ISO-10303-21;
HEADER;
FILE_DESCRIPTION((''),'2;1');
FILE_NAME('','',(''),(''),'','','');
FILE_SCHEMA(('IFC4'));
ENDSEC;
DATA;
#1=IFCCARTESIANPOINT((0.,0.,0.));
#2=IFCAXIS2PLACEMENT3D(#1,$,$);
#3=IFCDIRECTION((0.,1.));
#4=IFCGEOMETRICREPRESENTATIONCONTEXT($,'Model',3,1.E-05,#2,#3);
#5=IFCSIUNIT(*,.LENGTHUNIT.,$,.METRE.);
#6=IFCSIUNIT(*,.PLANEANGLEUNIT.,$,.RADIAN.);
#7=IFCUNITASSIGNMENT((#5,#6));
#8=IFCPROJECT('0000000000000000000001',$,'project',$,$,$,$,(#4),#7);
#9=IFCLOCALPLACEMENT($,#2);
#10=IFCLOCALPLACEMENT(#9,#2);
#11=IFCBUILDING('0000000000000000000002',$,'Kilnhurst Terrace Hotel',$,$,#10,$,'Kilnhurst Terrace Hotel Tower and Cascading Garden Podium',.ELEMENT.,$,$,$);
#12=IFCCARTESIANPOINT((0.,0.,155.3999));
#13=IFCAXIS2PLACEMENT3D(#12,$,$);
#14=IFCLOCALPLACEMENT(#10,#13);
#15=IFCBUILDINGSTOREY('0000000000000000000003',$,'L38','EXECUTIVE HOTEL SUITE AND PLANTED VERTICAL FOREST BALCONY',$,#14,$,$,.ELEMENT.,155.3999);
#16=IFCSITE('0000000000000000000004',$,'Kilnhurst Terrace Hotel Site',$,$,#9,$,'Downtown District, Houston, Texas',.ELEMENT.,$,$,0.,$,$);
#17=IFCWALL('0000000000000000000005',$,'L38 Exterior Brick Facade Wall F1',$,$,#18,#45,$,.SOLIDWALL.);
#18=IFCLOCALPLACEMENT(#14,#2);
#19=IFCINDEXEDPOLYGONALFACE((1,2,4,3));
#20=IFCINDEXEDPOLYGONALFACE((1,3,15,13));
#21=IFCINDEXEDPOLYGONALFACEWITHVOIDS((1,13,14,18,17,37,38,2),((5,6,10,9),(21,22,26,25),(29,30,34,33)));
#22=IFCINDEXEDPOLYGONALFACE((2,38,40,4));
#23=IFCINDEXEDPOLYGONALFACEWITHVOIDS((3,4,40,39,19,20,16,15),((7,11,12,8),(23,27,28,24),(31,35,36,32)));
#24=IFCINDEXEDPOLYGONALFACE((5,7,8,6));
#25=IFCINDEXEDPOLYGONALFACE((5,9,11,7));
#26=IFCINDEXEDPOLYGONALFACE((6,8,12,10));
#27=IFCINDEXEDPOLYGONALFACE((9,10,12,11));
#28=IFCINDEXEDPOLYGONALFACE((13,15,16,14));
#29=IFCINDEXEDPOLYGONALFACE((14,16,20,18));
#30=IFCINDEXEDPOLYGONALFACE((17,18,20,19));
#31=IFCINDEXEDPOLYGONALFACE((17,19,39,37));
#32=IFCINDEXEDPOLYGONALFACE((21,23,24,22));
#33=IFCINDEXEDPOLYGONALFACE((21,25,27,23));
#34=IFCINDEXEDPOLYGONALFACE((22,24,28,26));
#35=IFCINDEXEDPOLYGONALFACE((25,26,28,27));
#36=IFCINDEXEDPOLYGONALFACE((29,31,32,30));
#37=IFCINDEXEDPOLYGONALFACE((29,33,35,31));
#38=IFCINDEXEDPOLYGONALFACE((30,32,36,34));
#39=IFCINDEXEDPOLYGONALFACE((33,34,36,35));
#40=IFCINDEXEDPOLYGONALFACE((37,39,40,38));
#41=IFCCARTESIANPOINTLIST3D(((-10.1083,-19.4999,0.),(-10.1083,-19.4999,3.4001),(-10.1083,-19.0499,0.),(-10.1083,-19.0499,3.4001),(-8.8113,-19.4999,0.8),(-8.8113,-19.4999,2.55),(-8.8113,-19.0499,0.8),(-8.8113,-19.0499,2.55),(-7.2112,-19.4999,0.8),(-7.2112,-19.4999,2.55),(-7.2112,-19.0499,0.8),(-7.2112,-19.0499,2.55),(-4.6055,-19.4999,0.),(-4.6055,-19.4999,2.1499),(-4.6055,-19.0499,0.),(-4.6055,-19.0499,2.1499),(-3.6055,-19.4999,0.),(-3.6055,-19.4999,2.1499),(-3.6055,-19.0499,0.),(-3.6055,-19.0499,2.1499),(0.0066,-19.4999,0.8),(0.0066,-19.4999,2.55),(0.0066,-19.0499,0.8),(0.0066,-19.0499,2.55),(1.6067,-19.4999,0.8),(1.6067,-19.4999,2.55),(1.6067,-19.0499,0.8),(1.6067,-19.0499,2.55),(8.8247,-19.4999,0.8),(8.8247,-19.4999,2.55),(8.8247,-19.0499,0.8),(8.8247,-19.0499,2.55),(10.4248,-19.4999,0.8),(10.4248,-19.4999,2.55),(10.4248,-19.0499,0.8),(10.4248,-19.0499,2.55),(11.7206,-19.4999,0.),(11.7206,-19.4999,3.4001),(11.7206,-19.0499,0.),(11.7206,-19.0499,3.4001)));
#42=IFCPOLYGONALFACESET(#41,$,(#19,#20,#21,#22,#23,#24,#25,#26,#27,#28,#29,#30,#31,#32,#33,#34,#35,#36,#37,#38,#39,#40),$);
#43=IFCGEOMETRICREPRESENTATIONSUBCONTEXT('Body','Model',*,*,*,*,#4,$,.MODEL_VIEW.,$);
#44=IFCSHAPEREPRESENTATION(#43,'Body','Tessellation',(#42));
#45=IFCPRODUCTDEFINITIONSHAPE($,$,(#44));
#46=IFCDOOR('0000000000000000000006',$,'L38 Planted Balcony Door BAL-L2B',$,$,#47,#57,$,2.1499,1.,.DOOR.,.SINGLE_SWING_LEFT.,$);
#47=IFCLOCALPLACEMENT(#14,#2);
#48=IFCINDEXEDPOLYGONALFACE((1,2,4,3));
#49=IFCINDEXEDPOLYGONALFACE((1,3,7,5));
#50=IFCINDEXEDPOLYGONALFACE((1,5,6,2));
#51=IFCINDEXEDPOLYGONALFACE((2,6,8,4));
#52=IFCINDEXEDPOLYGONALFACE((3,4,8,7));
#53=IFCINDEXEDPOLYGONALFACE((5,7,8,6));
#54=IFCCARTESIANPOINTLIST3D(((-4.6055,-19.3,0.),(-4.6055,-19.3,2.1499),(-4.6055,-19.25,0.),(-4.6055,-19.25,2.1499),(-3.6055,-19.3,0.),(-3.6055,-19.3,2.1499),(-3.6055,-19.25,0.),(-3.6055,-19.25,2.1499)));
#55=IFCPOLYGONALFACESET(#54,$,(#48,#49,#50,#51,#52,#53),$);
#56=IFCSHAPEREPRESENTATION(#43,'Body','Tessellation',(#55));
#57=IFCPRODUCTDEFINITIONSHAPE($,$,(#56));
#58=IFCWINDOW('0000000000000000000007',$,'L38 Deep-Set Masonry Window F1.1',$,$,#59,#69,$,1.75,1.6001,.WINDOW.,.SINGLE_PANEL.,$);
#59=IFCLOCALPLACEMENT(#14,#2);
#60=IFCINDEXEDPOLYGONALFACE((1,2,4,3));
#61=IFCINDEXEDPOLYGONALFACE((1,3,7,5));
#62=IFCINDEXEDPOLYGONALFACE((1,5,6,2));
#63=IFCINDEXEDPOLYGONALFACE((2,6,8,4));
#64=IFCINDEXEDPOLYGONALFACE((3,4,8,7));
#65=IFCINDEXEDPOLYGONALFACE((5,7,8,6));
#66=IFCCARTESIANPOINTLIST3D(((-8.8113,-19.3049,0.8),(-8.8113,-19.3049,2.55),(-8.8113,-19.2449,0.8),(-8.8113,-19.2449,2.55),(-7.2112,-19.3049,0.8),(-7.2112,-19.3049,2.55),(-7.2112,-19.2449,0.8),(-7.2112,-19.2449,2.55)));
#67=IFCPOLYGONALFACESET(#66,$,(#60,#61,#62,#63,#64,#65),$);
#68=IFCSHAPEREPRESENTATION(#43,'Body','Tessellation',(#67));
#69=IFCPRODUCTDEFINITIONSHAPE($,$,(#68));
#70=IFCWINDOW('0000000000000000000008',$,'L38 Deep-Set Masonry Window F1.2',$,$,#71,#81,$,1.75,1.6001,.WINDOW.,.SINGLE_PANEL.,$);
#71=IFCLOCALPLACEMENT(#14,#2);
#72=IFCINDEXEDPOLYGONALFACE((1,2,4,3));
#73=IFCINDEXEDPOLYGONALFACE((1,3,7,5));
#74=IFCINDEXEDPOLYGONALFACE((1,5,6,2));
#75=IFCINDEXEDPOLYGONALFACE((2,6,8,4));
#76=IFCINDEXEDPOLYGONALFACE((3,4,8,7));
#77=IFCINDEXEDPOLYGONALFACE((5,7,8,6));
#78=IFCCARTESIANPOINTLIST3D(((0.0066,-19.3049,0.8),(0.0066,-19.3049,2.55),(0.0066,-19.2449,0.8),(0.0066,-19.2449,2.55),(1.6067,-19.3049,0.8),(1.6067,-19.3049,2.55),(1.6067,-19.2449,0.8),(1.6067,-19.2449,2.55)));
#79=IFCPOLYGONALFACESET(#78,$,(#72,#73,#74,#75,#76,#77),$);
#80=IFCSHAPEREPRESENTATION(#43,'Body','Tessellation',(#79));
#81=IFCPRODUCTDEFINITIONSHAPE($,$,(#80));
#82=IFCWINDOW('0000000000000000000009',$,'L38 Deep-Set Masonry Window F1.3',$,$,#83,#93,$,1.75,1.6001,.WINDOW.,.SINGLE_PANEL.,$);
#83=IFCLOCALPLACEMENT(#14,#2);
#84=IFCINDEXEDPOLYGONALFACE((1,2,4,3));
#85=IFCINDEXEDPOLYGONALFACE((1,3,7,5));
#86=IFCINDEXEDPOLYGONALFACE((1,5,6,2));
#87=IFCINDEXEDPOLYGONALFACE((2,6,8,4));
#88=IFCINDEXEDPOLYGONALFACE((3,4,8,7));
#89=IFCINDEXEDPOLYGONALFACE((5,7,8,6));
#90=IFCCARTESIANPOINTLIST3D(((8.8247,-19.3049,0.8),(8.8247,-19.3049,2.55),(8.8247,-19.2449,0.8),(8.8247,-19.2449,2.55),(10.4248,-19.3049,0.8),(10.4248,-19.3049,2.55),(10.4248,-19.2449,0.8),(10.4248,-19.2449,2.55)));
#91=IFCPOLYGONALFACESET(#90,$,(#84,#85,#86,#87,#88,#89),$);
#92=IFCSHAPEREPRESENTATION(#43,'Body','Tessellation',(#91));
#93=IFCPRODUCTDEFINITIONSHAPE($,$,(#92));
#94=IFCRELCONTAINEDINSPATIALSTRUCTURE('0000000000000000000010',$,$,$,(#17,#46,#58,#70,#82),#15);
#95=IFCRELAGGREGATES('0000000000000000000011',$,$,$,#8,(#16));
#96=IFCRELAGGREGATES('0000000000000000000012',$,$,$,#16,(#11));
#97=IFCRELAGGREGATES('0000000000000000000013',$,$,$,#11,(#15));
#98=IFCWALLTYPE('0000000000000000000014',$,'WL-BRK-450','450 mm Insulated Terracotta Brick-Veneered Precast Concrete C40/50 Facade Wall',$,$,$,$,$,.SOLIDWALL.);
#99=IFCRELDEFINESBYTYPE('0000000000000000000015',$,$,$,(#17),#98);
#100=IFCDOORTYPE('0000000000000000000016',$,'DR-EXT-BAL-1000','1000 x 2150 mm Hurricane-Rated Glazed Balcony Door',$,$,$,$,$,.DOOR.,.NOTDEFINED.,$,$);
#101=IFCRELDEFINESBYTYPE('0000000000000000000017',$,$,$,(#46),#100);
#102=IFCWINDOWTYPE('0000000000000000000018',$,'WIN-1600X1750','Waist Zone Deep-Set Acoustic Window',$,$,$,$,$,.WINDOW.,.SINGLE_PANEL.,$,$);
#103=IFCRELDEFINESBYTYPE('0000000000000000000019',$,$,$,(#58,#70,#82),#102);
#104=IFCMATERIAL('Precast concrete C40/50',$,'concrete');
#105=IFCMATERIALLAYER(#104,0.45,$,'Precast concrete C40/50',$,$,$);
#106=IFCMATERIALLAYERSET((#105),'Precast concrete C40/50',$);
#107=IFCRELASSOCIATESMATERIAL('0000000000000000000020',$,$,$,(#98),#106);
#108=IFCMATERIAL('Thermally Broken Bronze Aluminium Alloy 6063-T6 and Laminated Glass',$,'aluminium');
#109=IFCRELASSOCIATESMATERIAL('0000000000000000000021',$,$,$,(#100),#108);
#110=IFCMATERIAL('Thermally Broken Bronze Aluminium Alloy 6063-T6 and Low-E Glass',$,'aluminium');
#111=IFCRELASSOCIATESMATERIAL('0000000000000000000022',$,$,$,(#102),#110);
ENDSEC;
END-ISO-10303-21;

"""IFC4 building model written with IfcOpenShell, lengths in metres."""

from ifc_helpers import new_model, si_unit, direction, frame, frame_2d, origin, place, context, subcontext, project, spatial, rectangle, extrude, material, layer, layer_set, type_object, element, fill, save


model = new_model("IFC4")

# Units and contexts
model_context = context("Model", 3, precision=1e-05, world=origin(), true_north=direction((0.0, 1.0)))
body_context = subcontext(model_context, "Body", "Model", "MODEL_VIEW")
ifc_project = project(units=[si_unit("LENGTHUNIT", "METRE"), si_unit("PLANEANGLEUNIT", "RADIAN")], contexts=[model_context])

# Site, building, storey
site_placement = place(None, origin())
site = spatial("IfcSite", under=ifc_project, at=site_placement, Name="Kilnhurst Terrace Hotel Site", LongName="Downtown District, Houston, Texas", CompositionType="ELEMENT", RefElevation=0.0)
building_placement = place(site_placement, origin())
building = spatial("IfcBuilding", under=site, at=building_placement, Name="Kilnhurst Terrace Hotel", LongName="Kilnhurst Terrace Hotel Tower and Cascading Garden Podium", CompositionType="ELEMENT")
storey_placement = place(building_placement, frame((0.0, 0.0, 155.3999)))
storey = spatial("IfcBuildingStorey", under=building, at=storey_placement, Name="L38", Description="EXECUTIVE HOTEL SUITE AND PLANTED VERTICAL FOREST BALCONY", CompositionType="ELEMENT", Elevation=155.3999)

# Shared definitions
ifc_material_1 = material(Name="Precast concrete C40/50", Category="concrete")
ifc_layer_1 = layer(ifc_material_1, 0.45, Name="Precast concrete C40/50")
ifc_layer_set_1 = layer_set([ifc_layer_1], Name="Precast concrete C40/50")
wall_type_1 = type_object("IfcWallType", Name="WL-BRK-450", Description="450 mm Insulated Terracotta Brick-Veneered Precast Concrete C40/50 Facade Wall", PredefinedType="SOLIDWALL", material=ifc_layer_set_1)

# Wall, openings, door, windows
wall_1_placement = place(storey_placement, frame((-10.1084, -19.2749, 0.0), z_axis=(0.0, 0.0, 1.0), x_axis=(1.0, 0.0, 0.0)))
wall_1 = element("IfcWall", 1, at=wall_1_placement, inside=storey, type_object=wall_type_1, Name="L38 Exterior Brick Facade Wall F1", PredefinedType="SOLIDWALL", context=body_context, shape_type="SweptSolid", body=[
    extrude(rectangle(XDim=21.8289, YDim=0.45, at=frame_2d((10.9146, 0.0))), origin(), (0.0, 0.0, 1.0), 3.4001),
])
opening_1_placement = place(wall_1_placement, frame((5.5029, 0.0, 0.0)))
opening_1 = element("IfcOpeningElement", 2, at=opening_1_placement, cuts=wall_1, PredefinedType="OPENING", context=body_context, shape_type="SweptSolid", body=[
    extrude(rectangle(XDim=1.0, YDim=2.1499, at=frame_2d((0.5, 1.075))), frame((0.0, 0.2349, 0.0), z_axis=(0.0, -1.0, 0.0), x_axis=(1.0, 0.0, 0.0)), (0.0, 0.0, 1.0), 0.47),
])
opening_2_placement = place(wall_1_placement, frame((1.2971, 0.0, 0.8)))
opening_2 = element("IfcOpeningElement", 3, at=opening_2_placement, cuts=wall_1, PredefinedType="OPENING", context=body_context, shape_type="SweptSolid", body=[
    extrude(rectangle(XDim=1.6001, YDim=1.75, at=frame_2d((0.8, 0.875))), frame((0.0, 0.2349, 0.0), z_axis=(0.0, -1.0, 0.0), x_axis=(1.0, 0.0, 0.0)), (0.0, 0.0, 1.0), 0.47),
])
opening_3_placement = place(wall_1_placement, frame((10.115, 0.0, 0.8)))
opening_3 = element("IfcOpeningElement", 4, at=opening_3_placement, cuts=wall_1, PredefinedType="OPENING", context=body_context, shape_type="SweptSolid", body=[
    extrude(rectangle(XDim=1.6001, YDim=1.75, at=frame_2d((0.8, 0.875))), frame((0.0, 0.2349, 0.0), z_axis=(0.0, -1.0, 0.0), x_axis=(1.0, 0.0, 0.0)), (0.0, 0.0, 1.0), 0.47),
])
opening_4_placement = place(wall_1_placement, frame((18.9331, 0.0, 0.8)))
opening_4 = element("IfcOpeningElement", 5, at=opening_4_placement, cuts=wall_1, PredefinedType="OPENING", context=body_context, shape_type="SweptSolid", body=[
    extrude(rectangle(XDim=1.6001, YDim=1.75, at=frame_2d((0.8, 0.875))), frame((0.0, 0.2349, 0.0), z_axis=(0.0, -1.0, 0.0), x_axis=(1.0, 0.0, 0.0)), (0.0, 0.0, 1.0), 0.47),
])
ifc_material_2 = material(Name="Thermally Broken Bronze Aluminium Alloy 6063-T6 and Laminated Glass", Category="aluminium")
door_type_1 = type_object("IfcDoorType", Name="DR-EXT-BAL-1000", Description="1000 x 2150 mm Hurricane-Rated Glazed Balcony Door", OperationType="NOTDEFINED", PredefinedType="DOOR", material=ifc_material_2)
door_1_placement = place(opening_1_placement, origin())
door_1 = element("IfcDoor", 6, at=door_1_placement, inside=storey, type_object=door_type_1, Name="L38 Planted Balcony Door BAL-L2B", OperationType="SINGLE_SWING_LEFT", OverallHeight=2.1499, OverallWidth=1.0, PredefinedType="DOOR", context=body_context, shape_type="SweptSolid", body=[
    extrude(rectangle(XDim=1.0, YDim=2.1499, at=frame_2d((0.5, 1.075))), frame((0.0, 0.0249, 0.0), z_axis=(0.0, -1.0, 0.0), x_axis=(1.0, 0.0, 0.0)), (0.0, 0.0, 1.0), 0.05),
])
fill(opening_1, door_1)
ifc_material_3 = material(Name="Thermally Broken Bronze Aluminium Alloy 6063-T6 and Low-E Glass", Category="aluminium")
window_type = type_object("IfcWindowType", Name="WIN-1600X1750", Description="Waist Zone Deep-Set Acoustic Window", PartitioningType="SINGLE_PANEL", PredefinedType="WINDOW", material=ifc_material_3)
window_1_placement = place(opening_2_placement, origin())
window_1 = element("IfcWindow", 7, at=window_1_placement, inside=storey, type_object=window_type, Name="L38 Deep-Set Masonry Window F1.1", OverallHeight=1.75, OverallWidth=1.6001, PartitioningType="SINGLE_PANEL", PredefinedType="WINDOW", context=body_context, shape_type="SweptSolid", body=[
    extrude(rectangle(XDim=1.6001, YDim=1.75, at=frame_2d((0.8, 0.875))), frame((0.0, 0.03, 0.0), z_axis=(0.0, -1.0, 0.0), x_axis=(1.0, 0.0, 0.0)), (0.0, 0.0, 1.0), 0.0601),
])
fill(opening_2, window_1)
window_2_placement = place(opening_3_placement, origin())
window_2 = element("IfcWindow", 8, at=window_2_placement, inside=storey, type_object=window_type, Name="L38 Deep-Set Masonry Window F1.2", OverallHeight=1.75, OverallWidth=1.6001, PartitioningType="SINGLE_PANEL", PredefinedType="WINDOW", context=body_context, shape_type="SweptSolid", body=[
    extrude(rectangle(XDim=1.6001, YDim=1.75, at=frame_2d((0.8, 0.875))), frame((0.0, 0.03, 0.0), z_axis=(0.0, -1.0, 0.0), x_axis=(1.0, 0.0, 0.0)), (0.0, 0.0, 1.0), 0.0601),
])
fill(opening_3, window_2)
window_3_placement = place(opening_4_placement, origin())
window_3 = element("IfcWindow", 9, at=window_3_placement, inside=storey, type_object=window_type, Name="L38 Deep-Set Masonry Window F1.3", OverallHeight=1.75, OverallWidth=1.6001, PartitioningType="SINGLE_PANEL", PredefinedType="WINDOW", context=body_context, shape_type="SweptSolid", body=[
    extrude(rectangle(XDim=1.6001, YDim=1.75, at=frame_2d((0.8, 0.875))), frame((0.0, 0.03, 0.0), z_axis=(0.0, -1.0, 0.0), x_axis=(1.0, 0.0, 0.0)), (0.0, 0.0, 1.0), 0.0601),
])
fill(opening_4, window_3)

save(model, "model.ifc")
